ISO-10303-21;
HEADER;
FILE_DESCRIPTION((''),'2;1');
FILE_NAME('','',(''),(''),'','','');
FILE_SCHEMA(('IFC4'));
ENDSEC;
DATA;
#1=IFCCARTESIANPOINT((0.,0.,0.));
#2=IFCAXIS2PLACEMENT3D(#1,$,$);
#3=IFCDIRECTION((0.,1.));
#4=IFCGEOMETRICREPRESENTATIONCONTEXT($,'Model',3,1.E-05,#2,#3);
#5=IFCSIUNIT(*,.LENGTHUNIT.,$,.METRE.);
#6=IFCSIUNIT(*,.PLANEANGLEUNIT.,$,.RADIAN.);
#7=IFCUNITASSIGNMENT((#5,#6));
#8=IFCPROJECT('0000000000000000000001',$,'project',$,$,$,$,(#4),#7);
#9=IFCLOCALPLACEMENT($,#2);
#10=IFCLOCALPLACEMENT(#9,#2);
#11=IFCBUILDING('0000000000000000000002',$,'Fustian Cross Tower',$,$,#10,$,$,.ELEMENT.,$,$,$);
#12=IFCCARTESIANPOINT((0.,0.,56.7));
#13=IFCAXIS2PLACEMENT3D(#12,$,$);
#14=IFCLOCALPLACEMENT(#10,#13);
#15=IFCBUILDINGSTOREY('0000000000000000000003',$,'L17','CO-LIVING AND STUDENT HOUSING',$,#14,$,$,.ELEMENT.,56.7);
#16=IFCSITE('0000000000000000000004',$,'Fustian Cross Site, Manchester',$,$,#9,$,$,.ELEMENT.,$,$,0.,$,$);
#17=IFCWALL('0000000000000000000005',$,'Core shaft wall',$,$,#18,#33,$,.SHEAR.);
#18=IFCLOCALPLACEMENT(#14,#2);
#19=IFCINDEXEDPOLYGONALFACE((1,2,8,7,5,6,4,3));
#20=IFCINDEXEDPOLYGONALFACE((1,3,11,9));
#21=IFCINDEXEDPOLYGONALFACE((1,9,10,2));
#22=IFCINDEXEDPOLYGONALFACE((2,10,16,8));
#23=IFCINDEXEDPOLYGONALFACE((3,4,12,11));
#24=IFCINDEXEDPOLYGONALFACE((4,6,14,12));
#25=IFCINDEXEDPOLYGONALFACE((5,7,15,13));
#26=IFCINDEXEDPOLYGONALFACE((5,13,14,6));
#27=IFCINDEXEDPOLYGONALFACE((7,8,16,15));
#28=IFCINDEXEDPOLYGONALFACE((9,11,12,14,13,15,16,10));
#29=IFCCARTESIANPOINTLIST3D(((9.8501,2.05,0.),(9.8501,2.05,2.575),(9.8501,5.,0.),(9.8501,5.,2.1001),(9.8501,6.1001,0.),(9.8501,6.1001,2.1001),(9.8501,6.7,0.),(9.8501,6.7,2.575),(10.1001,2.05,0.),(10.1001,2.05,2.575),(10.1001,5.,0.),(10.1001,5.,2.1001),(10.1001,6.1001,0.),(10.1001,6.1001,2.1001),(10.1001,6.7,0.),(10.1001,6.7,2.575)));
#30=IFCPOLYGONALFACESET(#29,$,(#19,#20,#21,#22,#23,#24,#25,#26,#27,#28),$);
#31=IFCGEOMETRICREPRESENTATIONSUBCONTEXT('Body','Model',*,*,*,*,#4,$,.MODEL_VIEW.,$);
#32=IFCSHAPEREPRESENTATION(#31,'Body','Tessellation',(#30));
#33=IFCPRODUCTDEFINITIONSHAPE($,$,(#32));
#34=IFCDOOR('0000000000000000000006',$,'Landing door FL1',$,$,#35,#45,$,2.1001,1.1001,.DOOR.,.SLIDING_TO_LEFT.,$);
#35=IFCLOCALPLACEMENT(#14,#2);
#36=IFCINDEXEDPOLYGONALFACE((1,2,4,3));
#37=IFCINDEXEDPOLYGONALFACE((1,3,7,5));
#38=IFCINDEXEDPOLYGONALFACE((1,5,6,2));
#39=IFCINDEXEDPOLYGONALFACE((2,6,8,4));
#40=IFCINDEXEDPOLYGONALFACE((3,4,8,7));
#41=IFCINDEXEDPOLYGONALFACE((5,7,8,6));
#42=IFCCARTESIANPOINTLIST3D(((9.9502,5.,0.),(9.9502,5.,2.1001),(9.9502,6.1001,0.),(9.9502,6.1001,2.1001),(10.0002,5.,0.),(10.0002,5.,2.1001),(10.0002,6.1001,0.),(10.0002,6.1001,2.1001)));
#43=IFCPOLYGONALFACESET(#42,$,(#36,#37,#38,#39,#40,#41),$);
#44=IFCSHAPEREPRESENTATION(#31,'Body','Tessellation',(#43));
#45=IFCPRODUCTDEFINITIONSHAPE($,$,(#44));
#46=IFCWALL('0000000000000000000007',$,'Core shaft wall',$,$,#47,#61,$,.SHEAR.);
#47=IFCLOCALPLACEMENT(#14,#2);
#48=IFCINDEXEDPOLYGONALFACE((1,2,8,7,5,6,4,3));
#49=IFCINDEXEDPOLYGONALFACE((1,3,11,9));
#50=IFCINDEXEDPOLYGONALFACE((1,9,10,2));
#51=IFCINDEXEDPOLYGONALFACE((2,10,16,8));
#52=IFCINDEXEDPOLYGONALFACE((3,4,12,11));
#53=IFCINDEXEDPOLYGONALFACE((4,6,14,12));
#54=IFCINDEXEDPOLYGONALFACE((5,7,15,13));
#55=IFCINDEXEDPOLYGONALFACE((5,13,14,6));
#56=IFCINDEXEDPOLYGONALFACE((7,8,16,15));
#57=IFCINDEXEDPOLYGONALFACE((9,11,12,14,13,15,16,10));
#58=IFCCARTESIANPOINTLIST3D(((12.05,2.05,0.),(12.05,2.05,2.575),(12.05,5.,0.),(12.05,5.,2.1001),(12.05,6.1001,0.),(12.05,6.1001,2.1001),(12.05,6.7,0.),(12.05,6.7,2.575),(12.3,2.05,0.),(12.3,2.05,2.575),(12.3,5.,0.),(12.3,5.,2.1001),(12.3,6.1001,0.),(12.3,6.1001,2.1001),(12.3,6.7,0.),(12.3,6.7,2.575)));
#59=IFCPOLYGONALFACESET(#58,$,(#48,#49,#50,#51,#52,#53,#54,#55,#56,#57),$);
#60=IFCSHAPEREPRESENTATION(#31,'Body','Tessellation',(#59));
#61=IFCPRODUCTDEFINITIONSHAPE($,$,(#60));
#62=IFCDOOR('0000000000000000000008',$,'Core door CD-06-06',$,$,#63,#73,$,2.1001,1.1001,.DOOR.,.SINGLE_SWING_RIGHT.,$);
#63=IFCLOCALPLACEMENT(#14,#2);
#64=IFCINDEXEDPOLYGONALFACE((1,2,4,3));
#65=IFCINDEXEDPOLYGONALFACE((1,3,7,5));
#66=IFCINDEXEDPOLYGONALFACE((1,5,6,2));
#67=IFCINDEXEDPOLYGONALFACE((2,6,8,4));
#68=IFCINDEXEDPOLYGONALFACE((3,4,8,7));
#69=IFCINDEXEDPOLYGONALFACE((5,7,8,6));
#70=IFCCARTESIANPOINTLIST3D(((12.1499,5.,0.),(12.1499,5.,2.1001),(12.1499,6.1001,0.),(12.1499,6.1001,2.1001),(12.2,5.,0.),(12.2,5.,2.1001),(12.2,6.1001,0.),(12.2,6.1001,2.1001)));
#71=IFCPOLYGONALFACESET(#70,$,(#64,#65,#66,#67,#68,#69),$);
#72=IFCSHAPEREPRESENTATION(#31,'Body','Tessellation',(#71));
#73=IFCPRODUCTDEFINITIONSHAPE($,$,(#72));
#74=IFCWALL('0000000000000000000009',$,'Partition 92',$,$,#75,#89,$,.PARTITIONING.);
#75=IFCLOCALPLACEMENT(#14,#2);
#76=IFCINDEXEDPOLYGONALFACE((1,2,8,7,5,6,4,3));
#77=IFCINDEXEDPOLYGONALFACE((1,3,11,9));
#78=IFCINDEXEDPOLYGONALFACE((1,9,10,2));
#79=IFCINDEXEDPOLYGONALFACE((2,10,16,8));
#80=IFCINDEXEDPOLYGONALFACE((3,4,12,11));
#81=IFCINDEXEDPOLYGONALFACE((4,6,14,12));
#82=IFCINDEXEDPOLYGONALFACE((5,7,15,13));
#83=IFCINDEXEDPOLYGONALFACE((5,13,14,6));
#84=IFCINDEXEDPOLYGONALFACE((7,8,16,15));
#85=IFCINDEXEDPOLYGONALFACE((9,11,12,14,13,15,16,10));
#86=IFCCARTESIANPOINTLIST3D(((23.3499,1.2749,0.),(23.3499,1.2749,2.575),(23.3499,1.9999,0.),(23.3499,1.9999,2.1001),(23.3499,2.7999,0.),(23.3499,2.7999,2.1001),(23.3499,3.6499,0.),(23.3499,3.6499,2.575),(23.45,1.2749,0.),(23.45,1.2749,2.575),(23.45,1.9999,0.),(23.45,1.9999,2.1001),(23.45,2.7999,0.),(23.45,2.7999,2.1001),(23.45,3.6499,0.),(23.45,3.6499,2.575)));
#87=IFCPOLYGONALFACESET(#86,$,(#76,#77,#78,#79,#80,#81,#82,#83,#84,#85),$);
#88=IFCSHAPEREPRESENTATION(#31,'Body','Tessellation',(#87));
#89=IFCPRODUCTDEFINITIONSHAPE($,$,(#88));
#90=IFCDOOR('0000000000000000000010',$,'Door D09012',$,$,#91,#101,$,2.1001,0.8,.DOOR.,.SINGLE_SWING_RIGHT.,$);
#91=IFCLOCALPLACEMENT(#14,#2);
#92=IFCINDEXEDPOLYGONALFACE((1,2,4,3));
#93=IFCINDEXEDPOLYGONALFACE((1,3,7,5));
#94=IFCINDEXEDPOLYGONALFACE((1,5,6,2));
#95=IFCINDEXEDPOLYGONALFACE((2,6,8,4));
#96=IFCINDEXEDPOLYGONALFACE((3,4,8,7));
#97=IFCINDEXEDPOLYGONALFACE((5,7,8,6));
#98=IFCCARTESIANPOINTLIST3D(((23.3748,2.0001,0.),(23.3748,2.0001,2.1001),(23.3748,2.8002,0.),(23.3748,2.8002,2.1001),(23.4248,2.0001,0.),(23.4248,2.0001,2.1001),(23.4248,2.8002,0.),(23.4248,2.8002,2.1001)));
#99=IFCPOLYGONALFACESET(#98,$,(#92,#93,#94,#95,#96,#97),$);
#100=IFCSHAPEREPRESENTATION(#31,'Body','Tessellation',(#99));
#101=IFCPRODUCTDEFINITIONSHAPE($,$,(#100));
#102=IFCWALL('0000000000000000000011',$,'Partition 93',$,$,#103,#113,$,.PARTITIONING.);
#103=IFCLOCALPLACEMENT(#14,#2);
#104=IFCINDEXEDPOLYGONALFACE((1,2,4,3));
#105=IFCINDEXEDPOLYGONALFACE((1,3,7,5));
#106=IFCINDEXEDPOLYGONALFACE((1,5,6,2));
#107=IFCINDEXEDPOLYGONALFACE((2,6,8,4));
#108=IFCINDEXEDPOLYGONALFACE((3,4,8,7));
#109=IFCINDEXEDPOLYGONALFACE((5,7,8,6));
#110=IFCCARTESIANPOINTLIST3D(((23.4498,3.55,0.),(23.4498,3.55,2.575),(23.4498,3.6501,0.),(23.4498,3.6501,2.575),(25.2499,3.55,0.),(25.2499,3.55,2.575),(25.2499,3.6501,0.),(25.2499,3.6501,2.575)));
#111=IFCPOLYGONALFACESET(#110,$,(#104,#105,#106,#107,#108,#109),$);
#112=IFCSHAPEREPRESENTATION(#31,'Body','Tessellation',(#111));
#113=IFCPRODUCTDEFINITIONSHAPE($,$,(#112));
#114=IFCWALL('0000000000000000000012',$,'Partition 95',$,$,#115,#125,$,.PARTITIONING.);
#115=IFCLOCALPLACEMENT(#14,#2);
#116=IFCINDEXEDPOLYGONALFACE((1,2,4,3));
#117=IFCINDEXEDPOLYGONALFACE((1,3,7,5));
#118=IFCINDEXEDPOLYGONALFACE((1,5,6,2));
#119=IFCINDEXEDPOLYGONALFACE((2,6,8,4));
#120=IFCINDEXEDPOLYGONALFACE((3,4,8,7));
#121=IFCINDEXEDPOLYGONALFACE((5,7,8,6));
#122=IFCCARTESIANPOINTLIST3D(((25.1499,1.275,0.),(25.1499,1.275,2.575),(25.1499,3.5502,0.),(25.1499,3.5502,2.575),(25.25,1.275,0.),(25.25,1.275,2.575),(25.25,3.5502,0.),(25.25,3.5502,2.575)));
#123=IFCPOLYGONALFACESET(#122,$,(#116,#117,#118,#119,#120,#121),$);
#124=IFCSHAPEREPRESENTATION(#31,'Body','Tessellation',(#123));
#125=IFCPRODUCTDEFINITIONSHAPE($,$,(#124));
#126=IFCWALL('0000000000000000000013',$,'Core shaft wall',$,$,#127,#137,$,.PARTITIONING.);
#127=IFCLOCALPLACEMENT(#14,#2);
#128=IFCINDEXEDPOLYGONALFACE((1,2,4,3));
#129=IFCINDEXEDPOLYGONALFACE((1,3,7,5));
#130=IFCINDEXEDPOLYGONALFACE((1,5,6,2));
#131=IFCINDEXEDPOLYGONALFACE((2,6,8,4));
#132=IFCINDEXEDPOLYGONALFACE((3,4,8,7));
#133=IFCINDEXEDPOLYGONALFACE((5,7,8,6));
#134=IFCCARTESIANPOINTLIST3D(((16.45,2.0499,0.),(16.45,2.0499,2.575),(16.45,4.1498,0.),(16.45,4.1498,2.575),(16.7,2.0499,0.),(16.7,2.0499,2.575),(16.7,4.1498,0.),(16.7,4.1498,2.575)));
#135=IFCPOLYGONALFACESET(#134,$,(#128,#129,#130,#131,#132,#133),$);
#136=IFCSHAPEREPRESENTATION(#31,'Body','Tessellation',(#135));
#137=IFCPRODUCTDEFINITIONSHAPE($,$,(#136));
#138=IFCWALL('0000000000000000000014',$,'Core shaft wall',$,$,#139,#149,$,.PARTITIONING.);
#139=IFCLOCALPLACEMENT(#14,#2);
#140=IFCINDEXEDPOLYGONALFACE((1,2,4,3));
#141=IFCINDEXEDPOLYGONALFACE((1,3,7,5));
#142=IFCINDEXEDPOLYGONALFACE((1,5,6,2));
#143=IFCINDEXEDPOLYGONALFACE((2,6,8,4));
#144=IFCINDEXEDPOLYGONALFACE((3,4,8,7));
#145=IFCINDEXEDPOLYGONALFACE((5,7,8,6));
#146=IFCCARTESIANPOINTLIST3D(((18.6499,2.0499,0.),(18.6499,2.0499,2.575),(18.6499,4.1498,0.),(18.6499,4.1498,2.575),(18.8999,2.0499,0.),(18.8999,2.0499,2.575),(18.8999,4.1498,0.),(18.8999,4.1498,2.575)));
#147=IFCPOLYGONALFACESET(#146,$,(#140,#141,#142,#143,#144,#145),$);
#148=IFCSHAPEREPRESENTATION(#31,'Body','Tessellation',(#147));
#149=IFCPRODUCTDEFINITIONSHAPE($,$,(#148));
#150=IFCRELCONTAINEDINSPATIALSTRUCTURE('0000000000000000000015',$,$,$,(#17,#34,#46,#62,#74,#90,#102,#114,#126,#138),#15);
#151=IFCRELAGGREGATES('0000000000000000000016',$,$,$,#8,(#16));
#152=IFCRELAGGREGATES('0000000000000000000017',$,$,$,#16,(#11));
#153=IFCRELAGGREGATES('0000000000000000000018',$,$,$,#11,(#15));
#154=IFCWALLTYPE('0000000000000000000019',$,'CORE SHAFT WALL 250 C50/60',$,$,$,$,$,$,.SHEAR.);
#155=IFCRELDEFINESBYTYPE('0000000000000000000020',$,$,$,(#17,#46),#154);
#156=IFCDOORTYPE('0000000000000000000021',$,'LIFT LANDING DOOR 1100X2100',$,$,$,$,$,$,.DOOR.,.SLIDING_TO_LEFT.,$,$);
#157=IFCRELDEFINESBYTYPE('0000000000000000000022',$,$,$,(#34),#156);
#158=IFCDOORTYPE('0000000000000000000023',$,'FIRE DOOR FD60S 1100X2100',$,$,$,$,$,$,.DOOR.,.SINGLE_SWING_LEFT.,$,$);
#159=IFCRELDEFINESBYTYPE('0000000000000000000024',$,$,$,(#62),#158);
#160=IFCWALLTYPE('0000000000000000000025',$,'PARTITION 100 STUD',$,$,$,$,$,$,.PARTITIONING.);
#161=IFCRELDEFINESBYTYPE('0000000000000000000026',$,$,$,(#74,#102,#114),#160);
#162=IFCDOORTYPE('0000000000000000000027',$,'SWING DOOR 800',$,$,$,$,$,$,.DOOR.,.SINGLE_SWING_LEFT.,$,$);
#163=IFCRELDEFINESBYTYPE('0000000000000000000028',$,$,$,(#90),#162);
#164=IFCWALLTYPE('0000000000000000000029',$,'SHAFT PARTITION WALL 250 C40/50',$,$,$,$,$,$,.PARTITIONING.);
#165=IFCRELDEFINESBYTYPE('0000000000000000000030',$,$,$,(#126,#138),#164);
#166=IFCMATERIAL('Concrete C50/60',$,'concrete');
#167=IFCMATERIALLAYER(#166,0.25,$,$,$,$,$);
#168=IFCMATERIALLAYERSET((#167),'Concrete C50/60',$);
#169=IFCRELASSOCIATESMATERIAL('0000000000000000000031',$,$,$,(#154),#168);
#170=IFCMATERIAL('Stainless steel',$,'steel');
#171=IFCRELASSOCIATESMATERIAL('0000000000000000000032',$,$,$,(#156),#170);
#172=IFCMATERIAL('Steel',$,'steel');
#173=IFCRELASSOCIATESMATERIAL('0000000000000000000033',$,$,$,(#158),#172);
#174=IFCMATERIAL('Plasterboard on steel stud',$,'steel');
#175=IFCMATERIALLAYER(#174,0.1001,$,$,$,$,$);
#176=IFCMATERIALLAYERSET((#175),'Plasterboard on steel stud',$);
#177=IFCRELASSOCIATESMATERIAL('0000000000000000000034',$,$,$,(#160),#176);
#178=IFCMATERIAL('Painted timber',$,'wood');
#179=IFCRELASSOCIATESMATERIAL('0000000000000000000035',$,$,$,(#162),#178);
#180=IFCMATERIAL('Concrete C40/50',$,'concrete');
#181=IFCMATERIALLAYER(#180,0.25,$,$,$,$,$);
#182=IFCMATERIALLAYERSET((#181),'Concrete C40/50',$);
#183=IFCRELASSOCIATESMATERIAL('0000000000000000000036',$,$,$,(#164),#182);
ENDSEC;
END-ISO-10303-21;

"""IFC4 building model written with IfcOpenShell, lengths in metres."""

from ifc_helpers import new_model, si_unit, direction, frame, frame_2d, origin, place, context, subcontext, project, spatial, rectangle, extrude, material, layer, layer_set, type_object, element, fill, save


model = new_model("IFC4")

# Units and contexts
model_context = context("Model", 3, precision=1e-05, world=origin(), true_north=direction((0.0, 1.0)))
body_context = subcontext(model_context, "Body", "Model", "MODEL_VIEW")
ifc_project = project(units=[si_unit("LENGTHUNIT", "METRE"), si_unit("PLANEANGLEUNIT", "RADIAN")], contexts=[model_context])

# Site, building, storey
site_placement = place(None, origin())
site = spatial("IfcSite", under=ifc_project, at=site_placement, Name="Fustian Cross Site, Manchester", CompositionType="ELEMENT", RefElevation=0.0)
building_placement = place(site_placement, origin())
building = spatial("IfcBuilding", under=site, at=building_placement, Name="Fustian Cross Tower", CompositionType="ELEMENT")
storey_placement = place(building_placement, frame((0.0, 0.0, 56.7)))
storey = spatial("IfcBuildingStorey", under=building, at=storey_placement, Name="L17", Description="CO-LIVING AND STUDENT HOUSING", CompositionType="ELEMENT", Elevation=56.7)

# Shared definitions
ifc_material_1 = material(Name="Concrete C50/60", Category="concrete")
ifc_layer_1 = layer(ifc_material_1, 0.25)
ifc_layer_set_1 = layer_set([ifc_layer_1], Name="Concrete C50/60")
wall_type_1 = type_object("IfcWallType", Name="CORE SHAFT WALL 250 C50/60", PredefinedType="SHEAR", material=ifc_layer_set_1)

# Walls, openings, doors
wall_1_placement = place(storey_placement, frame((9.9751, 2.05, 0.0), z_axis=(0.0, 0.0, 1.0), x_axis=(0.0, 1.0, 0.0)))
wall_1 = element("IfcWall", 1, at=wall_1_placement, inside=storey, type_object=wall_type_1, Name="Core shaft wall", PredefinedType="SHEAR", context=body_context, shape_type="SweptSolid", body=[
    extrude(rectangle(XDim=4.6499, YDim=0.25, at=frame_2d((2.325, 0.0))), origin(), (0.0, 0.0, 1.0), 2.575),
])
opening_1_placement = place(wall_1_placement, frame((2.95, 0.0, 0.0)))
opening_1 = element("IfcOpeningElement", 2, at=opening_1_placement, cuts=wall_1, PredefinedType="OPENING", context=body_context, shape_type="SweptSolid", body=[
    extrude(rectangle(XDim=1.1001, YDim=2.1001, at=frame_2d((0.55, 1.05))), frame((0.0, 0.135, 0.0), z_axis=(0.0, -1.0, 0.0), x_axis=(1.0, 0.0, 0.0)), (0.0, 0.0, 1.0), 0.27),
])
ifc_material_2 = material(Name="Stainless steel", Category="steel")
door_type_1 = type_object("IfcDoorType", Name="LIFT LANDING DOOR 1100X2100", OperationType="SLIDING_TO_LEFT", PredefinedType="DOOR", material=ifc_material_2)
door_1_placement = place(opening_1_placement, origin())
door_1 = element("IfcDoor", 3, at=door_1_placement, inside=storey, type_object=door_type_1, Name="Landing door FL1", OperationType="SLIDING_TO_LEFT", OverallHeight=2.1001, OverallWidth=1.1001, PredefinedType="DOOR", context=body_context, shape_type="SweptSolid", body=[
    extrude(rectangle(XDim=1.1001, YDim=2.1001, at=frame_2d((0.55, 1.05))), frame((0.0, 0.0249, 0.0), z_axis=(0.0, -1.0, 0.0), x_axis=(1.0, 0.0, 0.0)), (0.0, 0.0, 1.0), 0.05),
])
fill(opening_1, door_1)
wall_2_placement = place(storey_placement, frame((12.175, 2.05, 0.0), z_axis=(0.0, 0.0, 1.0), x_axis=(0.0, 1.0, 0.0)))
wall_2 = element("IfcWall", 4, at=wall_2_placement, inside=storey, type_object=wall_type_1, Name="Core shaft wall", PredefinedType="SHEAR", context=body_context, shape_type="SweptSolid", body=[
    extrude(rectangle(XDim=4.6499, YDim=0.25, at=frame_2d((2.325, 0.0))), origin(), (0.0, 0.0, 1.0), 2.575),
])
opening_2_placement = place(wall_2_placement, frame((2.95, 0.0, 0.0)))
opening_2 = element("IfcOpeningElement", 5, at=opening_2_placement, cuts=wall_2, PredefinedType="OPENING", context=body_context, shape_type="SweptSolid", body=[
    extrude(rectangle(XDim=1.1001, YDim=2.1001, at=frame_2d((0.55, 1.05))), frame((0.0, 0.135, 0.0), z_axis=(0.0, -1.0, 0.0), x_axis=(1.0, 0.0, 0.0)), (0.0, 0.0, 1.0), 0.27),
])
ifc_material_3 = material(Name="Steel", Category="steel")
door_type_2 = type_object("IfcDoorType", Name="FIRE DOOR FD60S 1100X2100", OperationType="SINGLE_SWING_LEFT", PredefinedType="DOOR", material=ifc_material_3)
door_2_placement = place(opening_2_placement, frame((1.1001, 0.0, 0.0), z_axis=(0.0, 0.0, 1.0), x_axis=(-1.0, 0.0, 0.0)))
door_2 = element("IfcDoor", 6, at=door_2_placement, inside=storey, type_object=door_type_2, Name="Core door CD-06-06", OperationType="SINGLE_SWING_RIGHT", OverallHeight=2.1001, OverallWidth=1.1001, PredefinedType="DOOR", context=body_context, shape_type="SweptSolid", body=[
    extrude(rectangle(XDim=1.1001, YDim=2.1001, at=frame_2d((0.55, 1.05))), frame((0.0, 0.0249, 0.0), z_axis=(0.0, -1.0, 0.0), x_axis=(1.0, 0.0, 0.0)), (0.0, 0.0, 1.0), 0.05),
])
fill(opening_2, door_2)
ifc_material_4 = material(Name="Plasterboard on steel stud", Category="steel")
ifc_layer_2 = layer(ifc_material_4, 0.1001)
ifc_layer_set_2 = layer_set([ifc_layer_2], Name="Plasterboard on steel stud")
wall_type_2 = type_object("IfcWallType", Name="PARTITION 100 STUD", PredefinedType="PARTITIONING", material=ifc_layer_set_2)
wall_3_placement = place(storey_placement, frame((23.3999, 1.2749, 0.0), z_axis=(0.0, 0.0, 1.0), x_axis=(0.0, 1.0, 0.0)))
wall_3 = element("IfcWall", 7, at=wall_3_placement, inside=storey, type_object=wall_type_2, Name="Partition 92", PredefinedType="PARTITIONING", context=body_context, shape_type="SweptSolid", body=[
    extrude(rectangle(XDim=2.375, YDim=0.1001, at=frame_2d((1.1875, 0.0))), origin(), (0.0, 0.0, 1.0), 2.575),
])
opening_3_placement = place(wall_3_placement, frame((0.7251, 0.0, 0.0)))
opening_3 = element("IfcOpeningElement", 8, at=opening_3_placement, cuts=wall_3, PredefinedType="OPENING", context=body_context, shape_type="SweptSolid", body=[
    extrude(rectangle(XDim=0.8, YDim=2.1001, at=frame_2d((0.3999, 1.05))), frame((0.0, 0.0601, 0.0), z_axis=(0.0, -1.0, 0.0), x_axis=(1.0, 0.0, 0.0)), (0.0, 0.0, 1.0), 0.1201),
])
ifc_material_5 = material(Name="Painted timber", Category="wood")
door_type_3 = type_object("IfcDoorType", Name="SWING DOOR 800", OperationType="SINGLE_SWING_LEFT", PredefinedType="DOOR", material=ifc_material_5)
door_3_placement = place(opening_3_placement, frame((0.8, 0.0, 0.0), z_axis=(0.0, 0.0, 1.0), x_axis=(-1.0, 0.0, 0.0)))
door_3 = element("IfcDoor", 9, at=door_3_placement, inside=storey, type_object=door_type_3, Name="Door D09012", OperationType="SINGLE_SWING_RIGHT", OverallHeight=2.1001, OverallWidth=0.8, PredefinedType="DOOR", context=body_context, shape_type="SweptSolid", body=[
    extrude(rectangle(XDim=0.8, YDim=2.1001, at=frame_2d((0.3999, 1.05))), frame((0.0, 0.0249, 0.0), z_axis=(0.0, -1.0, 0.0), x_axis=(1.0, 0.0, 0.0)), (0.0, 0.0, 1.0), 0.05),
])
fill(opening_3, door_3)

# Walls
wall_4_placement = place(storey_placement, frame((23.45, 3.6001, 0.0), z_axis=(0.0, 0.0, 1.0), x_axis=(1.0, 0.0, 0.0)))
element("IfcWall", 10, at=wall_4_placement, inside=storey, type_object=wall_type_2, Name="Partition 93", PredefinedType="PARTITIONING", context=body_context, shape_type="SweptSolid", body=[
    extrude(rectangle(XDim=1.8, YDim=0.1001, at=frame_2d((0.8999, 0.0))), origin(), (0.0, 0.0, 1.0), 2.575),
])
wall_5_placement = place(storey_placement, frame((25.2, 1.2749, 0.0), z_axis=(0.0, 0.0, 1.0), x_axis=(0.0, 1.0, 0.0)))
element("IfcWall", 11, at=wall_5_placement, inside=storey, type_object=wall_type_2, Name="Partition 95", PredefinedType="PARTITIONING", context=body_context, shape_type="SweptSolid", body=[
    extrude(rectangle(XDim=2.2751, YDim=0.1001, at=frame_2d((1.1377, 0.0))), origin(), (0.0, 0.0, 1.0), 2.575),
])
ifc_material_6 = material(Name="Concrete C40/50", Category="concrete")
ifc_layer_3 = layer(ifc_material_6, 0.25)
ifc_layer_set_3 = layer_set([ifc_layer_3], Name="Concrete C40/50")
wall_type_3 = type_object("IfcWallType", Name="SHAFT PARTITION WALL 250 C40/50", PredefinedType="PARTITIONING", material=ifc_layer_set_3)
for number, where, z_axis, x_axis, name in (
    (12, (16.575, 2.05, 0.0), (0.0, 0.0, 1.0), (0.0, 1.0, 0.0), "Core shaft wall"),
    (13, (18.7749, 2.05, 0.0), (0.0, 0.0, 1.0), (0.0, 1.0, 0.0), "Core shaft wall"),
):
    element("IfcWall", number, at=place(storey_placement, frame(where, z_axis=z_axis, x_axis=x_axis)), inside=storey, type_object=wall_type_3, Name=name, PredefinedType="PARTITIONING", context=body_context, shape_type="SweptSolid", body=[
        extrude(rectangle(XDim=2.0999, YDim=0.25, at=frame_2d((1.0498, 0.0))), origin(), (0.0, 0.0, 1.0), 2.575),
    ])

save(model, "model.ifc")
